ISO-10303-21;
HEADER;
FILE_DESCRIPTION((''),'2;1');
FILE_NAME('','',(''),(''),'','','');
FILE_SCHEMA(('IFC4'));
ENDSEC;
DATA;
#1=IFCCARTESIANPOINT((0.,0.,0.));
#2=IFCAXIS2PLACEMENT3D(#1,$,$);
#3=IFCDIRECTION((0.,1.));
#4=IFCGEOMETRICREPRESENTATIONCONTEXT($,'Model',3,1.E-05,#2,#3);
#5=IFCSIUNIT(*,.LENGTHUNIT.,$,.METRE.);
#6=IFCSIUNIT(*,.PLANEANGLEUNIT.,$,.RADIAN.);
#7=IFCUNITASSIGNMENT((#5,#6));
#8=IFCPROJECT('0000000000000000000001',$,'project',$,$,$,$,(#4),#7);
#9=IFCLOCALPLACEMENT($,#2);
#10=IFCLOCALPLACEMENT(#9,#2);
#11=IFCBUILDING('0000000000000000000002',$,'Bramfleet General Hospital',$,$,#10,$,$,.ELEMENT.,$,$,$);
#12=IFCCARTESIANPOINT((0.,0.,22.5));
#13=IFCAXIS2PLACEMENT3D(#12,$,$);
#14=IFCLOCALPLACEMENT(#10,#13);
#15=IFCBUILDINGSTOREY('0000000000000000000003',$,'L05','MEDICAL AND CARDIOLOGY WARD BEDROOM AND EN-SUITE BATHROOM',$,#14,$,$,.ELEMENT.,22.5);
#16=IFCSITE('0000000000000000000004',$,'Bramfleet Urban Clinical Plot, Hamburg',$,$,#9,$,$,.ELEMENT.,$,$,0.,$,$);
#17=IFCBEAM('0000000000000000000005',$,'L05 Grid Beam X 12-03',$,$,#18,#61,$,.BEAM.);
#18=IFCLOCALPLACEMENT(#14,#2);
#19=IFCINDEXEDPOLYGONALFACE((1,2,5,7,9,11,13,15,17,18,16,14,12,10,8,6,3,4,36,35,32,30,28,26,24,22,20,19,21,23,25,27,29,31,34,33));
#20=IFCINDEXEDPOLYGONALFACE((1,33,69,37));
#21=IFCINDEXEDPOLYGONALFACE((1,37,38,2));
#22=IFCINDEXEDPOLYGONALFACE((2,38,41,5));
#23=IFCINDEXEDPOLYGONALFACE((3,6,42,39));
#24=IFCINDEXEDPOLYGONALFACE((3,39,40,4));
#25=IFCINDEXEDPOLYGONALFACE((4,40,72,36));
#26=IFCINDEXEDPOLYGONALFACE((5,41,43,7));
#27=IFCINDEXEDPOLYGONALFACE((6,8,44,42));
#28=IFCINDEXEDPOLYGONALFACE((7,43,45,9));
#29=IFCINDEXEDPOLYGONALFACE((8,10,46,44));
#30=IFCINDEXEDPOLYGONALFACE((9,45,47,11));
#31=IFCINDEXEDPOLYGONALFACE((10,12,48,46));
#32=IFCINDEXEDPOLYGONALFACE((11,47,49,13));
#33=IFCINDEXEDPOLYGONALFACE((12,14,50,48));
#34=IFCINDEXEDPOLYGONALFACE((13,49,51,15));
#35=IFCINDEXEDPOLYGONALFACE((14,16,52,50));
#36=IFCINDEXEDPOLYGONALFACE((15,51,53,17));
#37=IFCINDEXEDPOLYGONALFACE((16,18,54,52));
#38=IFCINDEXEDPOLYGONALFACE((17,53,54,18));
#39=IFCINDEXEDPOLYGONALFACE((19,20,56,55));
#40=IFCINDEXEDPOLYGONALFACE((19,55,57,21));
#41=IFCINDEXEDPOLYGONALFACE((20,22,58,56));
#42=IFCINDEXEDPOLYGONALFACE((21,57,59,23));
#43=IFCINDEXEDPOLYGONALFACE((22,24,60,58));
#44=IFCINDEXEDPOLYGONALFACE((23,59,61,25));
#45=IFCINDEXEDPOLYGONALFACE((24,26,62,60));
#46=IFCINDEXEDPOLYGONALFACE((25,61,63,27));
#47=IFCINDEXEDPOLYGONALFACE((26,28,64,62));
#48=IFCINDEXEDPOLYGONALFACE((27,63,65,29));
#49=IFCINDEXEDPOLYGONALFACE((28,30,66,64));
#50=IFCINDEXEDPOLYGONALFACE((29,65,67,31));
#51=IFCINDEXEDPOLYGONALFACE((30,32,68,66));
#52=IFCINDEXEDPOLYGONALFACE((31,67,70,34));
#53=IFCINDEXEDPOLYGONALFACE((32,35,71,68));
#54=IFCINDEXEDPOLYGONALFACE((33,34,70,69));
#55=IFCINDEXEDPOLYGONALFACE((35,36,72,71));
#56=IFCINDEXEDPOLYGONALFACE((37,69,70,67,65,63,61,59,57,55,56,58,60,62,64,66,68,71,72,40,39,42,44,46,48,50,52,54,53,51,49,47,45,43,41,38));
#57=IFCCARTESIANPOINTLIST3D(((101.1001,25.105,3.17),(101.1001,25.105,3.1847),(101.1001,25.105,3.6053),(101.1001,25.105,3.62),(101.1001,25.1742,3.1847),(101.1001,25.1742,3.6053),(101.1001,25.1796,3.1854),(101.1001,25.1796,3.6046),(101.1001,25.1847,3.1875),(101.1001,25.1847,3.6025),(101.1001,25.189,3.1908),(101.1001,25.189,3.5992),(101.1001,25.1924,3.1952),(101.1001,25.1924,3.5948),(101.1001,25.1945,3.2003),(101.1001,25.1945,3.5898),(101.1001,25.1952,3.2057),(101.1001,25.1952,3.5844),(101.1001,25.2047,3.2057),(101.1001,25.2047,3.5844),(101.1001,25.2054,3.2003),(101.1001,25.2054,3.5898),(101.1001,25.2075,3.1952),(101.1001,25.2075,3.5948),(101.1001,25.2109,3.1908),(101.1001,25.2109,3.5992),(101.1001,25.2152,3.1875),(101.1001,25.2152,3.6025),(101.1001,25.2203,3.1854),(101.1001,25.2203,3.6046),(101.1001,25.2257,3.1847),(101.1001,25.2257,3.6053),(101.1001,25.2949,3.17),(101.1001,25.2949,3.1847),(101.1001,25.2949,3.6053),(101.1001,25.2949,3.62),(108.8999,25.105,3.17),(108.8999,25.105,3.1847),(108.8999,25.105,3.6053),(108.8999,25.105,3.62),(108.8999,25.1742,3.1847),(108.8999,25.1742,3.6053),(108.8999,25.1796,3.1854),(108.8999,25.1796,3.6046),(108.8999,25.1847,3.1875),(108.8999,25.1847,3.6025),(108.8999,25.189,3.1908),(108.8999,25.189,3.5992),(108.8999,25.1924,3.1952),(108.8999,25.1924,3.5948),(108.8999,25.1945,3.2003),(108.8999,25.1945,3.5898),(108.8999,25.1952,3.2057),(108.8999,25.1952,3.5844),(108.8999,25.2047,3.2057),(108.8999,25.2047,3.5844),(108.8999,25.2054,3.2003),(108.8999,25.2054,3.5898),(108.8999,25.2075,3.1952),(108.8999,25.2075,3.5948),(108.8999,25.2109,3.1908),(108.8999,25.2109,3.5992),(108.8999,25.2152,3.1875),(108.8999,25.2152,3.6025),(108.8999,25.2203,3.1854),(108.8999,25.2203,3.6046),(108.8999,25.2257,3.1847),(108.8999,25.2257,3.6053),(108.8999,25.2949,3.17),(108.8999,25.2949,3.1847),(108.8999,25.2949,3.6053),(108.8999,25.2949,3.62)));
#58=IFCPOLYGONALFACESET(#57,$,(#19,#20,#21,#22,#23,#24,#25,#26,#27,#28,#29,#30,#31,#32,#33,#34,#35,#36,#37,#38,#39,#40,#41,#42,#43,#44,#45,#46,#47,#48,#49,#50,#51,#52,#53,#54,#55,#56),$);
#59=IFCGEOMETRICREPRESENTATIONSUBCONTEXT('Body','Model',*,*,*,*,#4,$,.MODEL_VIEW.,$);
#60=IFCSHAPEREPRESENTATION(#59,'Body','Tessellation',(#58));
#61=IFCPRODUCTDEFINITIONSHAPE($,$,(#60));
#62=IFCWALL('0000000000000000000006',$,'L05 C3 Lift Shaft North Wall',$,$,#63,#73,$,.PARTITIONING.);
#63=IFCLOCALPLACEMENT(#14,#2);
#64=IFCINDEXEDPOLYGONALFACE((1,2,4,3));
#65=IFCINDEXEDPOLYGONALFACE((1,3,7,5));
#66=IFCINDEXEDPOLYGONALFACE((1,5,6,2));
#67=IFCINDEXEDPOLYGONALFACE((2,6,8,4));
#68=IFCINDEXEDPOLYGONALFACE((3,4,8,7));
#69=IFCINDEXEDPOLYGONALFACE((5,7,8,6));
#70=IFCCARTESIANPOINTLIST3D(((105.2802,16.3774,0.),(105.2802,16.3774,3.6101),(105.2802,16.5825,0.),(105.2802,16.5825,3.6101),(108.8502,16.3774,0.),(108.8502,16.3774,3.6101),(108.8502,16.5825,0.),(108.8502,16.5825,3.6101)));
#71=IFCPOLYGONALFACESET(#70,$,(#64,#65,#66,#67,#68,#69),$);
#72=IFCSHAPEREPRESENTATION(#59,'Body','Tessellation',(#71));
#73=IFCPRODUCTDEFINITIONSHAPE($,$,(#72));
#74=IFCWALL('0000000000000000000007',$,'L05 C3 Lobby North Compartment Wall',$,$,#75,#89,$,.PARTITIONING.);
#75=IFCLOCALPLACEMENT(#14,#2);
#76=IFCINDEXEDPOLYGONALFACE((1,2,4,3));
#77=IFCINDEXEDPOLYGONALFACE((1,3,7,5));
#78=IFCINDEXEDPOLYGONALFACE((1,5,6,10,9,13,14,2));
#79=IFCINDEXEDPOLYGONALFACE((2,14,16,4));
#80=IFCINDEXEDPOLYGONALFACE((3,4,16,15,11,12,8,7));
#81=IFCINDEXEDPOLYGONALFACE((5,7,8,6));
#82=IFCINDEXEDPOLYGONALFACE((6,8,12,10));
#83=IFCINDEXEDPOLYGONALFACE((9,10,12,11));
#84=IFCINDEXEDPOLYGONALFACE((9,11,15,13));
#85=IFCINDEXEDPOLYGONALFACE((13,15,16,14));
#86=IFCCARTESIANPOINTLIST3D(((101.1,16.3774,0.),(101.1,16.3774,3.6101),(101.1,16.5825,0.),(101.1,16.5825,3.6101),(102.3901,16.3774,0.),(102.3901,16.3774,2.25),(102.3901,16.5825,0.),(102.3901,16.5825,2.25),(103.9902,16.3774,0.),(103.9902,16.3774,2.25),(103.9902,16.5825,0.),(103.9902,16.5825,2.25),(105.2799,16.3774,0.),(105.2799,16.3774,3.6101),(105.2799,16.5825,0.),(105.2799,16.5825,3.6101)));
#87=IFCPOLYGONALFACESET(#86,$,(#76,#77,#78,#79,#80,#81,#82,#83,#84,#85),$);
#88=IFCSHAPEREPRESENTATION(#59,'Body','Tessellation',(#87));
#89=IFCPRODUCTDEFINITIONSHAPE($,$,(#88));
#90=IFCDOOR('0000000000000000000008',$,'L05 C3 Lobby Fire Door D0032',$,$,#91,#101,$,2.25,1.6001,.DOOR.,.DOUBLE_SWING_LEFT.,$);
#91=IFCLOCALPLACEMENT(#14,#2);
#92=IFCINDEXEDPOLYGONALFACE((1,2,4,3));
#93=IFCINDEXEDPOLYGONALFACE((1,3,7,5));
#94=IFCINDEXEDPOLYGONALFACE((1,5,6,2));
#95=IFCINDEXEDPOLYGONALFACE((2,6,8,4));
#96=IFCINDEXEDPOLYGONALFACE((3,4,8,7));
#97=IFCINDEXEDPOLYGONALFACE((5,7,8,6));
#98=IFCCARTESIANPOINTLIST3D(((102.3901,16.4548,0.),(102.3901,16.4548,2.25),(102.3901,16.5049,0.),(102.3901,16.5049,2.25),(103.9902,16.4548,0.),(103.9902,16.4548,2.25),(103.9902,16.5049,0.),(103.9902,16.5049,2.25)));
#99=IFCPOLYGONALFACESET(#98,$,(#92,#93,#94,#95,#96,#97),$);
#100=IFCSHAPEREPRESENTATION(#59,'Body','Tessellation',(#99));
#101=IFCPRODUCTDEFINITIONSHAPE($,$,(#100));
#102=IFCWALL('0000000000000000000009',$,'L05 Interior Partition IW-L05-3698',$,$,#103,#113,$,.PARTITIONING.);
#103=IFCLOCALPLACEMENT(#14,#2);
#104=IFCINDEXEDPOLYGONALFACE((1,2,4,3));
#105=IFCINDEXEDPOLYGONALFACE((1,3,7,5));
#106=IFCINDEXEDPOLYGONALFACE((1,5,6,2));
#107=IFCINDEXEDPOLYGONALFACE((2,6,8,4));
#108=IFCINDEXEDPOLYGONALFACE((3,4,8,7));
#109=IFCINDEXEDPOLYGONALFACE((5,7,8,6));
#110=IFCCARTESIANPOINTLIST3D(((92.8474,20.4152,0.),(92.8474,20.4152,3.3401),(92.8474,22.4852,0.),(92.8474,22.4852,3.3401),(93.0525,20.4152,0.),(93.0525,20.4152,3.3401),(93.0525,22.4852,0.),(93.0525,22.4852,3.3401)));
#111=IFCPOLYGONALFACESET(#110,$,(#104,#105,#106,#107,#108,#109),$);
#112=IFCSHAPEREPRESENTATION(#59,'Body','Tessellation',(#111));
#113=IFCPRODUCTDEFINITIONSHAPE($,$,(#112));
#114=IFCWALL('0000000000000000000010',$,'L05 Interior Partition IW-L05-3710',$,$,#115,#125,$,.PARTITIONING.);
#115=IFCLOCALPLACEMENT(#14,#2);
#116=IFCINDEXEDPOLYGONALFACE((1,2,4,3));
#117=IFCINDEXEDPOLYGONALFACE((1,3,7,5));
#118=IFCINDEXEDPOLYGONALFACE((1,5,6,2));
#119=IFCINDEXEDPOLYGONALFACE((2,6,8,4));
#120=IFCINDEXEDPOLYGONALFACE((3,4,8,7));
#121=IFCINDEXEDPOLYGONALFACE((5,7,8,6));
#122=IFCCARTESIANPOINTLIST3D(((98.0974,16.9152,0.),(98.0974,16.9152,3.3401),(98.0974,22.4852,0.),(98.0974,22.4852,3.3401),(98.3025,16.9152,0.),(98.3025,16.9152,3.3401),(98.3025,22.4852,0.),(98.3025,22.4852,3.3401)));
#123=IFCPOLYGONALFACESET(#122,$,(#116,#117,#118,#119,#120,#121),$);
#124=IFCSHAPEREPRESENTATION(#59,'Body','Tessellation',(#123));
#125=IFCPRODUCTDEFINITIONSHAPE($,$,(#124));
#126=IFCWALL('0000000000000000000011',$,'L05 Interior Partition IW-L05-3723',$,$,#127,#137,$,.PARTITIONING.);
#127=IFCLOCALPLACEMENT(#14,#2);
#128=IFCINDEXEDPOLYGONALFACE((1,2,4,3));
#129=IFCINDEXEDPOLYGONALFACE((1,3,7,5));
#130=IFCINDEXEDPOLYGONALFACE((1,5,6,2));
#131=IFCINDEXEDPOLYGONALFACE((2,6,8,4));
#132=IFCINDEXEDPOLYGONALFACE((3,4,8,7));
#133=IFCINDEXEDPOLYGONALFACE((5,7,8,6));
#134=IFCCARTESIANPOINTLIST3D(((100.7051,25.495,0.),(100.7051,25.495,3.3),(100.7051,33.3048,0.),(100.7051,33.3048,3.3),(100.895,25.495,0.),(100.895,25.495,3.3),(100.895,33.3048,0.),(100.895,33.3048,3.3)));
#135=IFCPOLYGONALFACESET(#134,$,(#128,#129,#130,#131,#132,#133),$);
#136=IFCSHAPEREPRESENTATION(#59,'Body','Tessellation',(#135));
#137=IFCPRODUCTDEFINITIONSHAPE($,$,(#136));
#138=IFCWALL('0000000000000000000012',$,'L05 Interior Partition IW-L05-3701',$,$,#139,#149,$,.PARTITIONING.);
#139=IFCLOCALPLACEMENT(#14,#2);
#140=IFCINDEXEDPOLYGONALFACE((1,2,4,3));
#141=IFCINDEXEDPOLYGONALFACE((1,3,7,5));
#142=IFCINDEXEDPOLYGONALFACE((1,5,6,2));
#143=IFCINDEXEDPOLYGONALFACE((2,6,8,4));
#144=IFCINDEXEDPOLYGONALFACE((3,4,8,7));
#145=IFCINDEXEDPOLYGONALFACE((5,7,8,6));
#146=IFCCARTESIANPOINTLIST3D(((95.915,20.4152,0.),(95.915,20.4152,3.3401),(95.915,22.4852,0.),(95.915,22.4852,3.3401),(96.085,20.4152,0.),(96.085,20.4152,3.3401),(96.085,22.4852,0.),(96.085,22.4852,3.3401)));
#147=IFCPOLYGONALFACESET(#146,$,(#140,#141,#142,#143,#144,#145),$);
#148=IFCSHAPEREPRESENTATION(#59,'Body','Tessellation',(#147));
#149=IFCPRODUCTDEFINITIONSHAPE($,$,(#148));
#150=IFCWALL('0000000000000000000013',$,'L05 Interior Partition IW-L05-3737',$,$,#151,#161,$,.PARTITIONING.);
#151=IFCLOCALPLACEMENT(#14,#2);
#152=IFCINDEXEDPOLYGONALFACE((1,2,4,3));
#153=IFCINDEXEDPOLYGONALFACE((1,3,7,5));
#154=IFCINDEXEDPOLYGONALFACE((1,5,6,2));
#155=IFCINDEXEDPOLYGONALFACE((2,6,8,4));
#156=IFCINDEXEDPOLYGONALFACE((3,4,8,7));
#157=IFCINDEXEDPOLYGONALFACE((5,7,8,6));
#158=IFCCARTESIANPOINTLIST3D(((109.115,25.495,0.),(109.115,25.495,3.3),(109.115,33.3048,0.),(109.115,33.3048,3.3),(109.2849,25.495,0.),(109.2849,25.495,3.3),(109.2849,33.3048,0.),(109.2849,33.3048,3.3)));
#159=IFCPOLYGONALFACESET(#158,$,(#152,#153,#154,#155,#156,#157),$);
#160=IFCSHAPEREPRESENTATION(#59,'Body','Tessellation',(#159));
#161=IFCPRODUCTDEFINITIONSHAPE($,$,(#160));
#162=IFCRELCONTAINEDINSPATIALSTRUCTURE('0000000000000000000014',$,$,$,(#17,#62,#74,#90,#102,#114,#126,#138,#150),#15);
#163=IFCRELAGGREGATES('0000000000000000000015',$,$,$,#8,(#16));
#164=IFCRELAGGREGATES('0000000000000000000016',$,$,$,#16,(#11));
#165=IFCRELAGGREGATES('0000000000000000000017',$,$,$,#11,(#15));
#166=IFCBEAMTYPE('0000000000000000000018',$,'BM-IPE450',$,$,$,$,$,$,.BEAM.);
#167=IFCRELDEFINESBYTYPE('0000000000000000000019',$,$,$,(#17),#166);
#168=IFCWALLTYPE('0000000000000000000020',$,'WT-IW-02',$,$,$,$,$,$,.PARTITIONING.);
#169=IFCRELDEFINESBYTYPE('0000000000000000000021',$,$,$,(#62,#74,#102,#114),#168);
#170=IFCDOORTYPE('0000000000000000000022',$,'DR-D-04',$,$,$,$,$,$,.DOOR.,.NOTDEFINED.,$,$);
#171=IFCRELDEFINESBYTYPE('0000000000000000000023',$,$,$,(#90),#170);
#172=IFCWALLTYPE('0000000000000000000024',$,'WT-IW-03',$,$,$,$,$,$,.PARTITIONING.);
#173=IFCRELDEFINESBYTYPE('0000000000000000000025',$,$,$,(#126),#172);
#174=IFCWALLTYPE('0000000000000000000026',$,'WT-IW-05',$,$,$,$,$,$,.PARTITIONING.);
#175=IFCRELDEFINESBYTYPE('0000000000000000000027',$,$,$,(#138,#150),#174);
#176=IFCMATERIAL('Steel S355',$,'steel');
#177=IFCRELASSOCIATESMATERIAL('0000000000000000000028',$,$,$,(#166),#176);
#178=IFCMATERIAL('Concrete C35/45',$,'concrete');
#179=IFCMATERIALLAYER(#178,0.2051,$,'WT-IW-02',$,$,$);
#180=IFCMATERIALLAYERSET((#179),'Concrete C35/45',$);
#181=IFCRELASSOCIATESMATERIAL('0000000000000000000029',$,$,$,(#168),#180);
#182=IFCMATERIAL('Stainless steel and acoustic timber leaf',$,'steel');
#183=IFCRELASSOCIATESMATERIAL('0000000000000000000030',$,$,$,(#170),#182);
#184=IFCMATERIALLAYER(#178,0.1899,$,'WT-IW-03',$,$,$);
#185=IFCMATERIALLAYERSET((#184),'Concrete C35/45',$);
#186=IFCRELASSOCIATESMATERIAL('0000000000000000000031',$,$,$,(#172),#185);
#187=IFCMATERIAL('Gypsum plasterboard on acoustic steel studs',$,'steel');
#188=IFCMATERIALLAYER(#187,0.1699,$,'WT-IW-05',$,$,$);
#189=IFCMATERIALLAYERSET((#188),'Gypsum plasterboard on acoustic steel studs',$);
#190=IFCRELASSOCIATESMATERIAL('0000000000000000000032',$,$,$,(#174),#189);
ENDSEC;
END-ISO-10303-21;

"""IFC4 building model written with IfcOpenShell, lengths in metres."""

from ifc_helpers import new_model, si_unit, direction, frame, frame_2d, origin, origin_2d, place, context, subcontext, project, spatial, rectangle, i_section, extrude, material, layer, layer_set, material_profile, profile_set, type_object, element, fill, save


model = new_model("IFC4")

# Units and contexts
model_context = context("Model", 3, precision=1e-05, world=origin(), true_north=direction((0.0, 1.0)))
body_context = subcontext(model_context, "Body", "Model", "MODEL_VIEW")
ifc_project = project(units=[si_unit("LENGTHUNIT", "METRE"), si_unit("PLANEANGLEUNIT", "RADIAN")], contexts=[model_context])

# Site, building, storey
site_placement = place(None, origin())
site = spatial("IfcSite", under=ifc_project, at=site_placement, Name="Bramfleet Urban Clinical Plot, Hamburg", CompositionType="ELEMENT", RefElevation=0.0)
building_placement = place(site_placement, origin())
building = spatial("IfcBuilding", under=site, at=building_placement, Name="Bramfleet General Hospital", CompositionType="ELEMENT")
storey_placement = place(building_placement, frame((0.0, 0.0, 22.5)))
storey = spatial("IfcBuildingStorey", under=building, at=storey_placement, Name="L05", Description="MEDICAL AND CARDIOLOGY WARD BEDROOM AND EN-SUITE BATHROOM", CompositionType="ELEMENT", Elevation=22.5)

# Beam
ifc_material_1 = material(Name="Steel S355", Category="steel")
ifc_material_profile_1 = material_profile(ifc_material_1, i_section(OverallWidth=0.1899, OverallDepth=0.45, WebThickness=0.0095, FlangeThickness=0.0146, FilletRadius=0.021, at=origin_2d()), Name="IPE 450")
ifc_profile_set_1 = profile_set([ifc_material_profile_1], Name="Steel S355")
beam_type_1 = type_object("IfcBeamType", Name="BM-IPE450", PredefinedType="BEAM", material=ifc_profile_set_1)
for number, where, z_axis, x_axis, name in (
    (1, (101.1001, 25.2, 3.395), (1.0, 0.0, 0.0), (0.0, 1.0, 0.0), "L05 Grid Beam X 12-03"),
):
    element("IfcBeam", number, at=place(storey_placement, frame(where, z_axis=z_axis, x_axis=x_axis)), inside=storey, type_object=beam_type_1, Name=name, PredefinedType="BEAM", context=body_context, shape_type="SweptSolid", body=[
        extrude(i_section(OverallWidth=0.1899, OverallDepth=0.45, WebThickness=0.0095, FlangeThickness=0.0146, FilletRadius=0.021, at=origin_2d()), origin(), (0.0, 0.0, 1.0), 7.7998),
    ])

# Wall
ifc_material_2 = material(Name="Concrete C35/45", Category="concrete")
ifc_layer_1 = layer(ifc_material_2, 0.2051, Name="WT-IW-02")
ifc_layer_set_1 = layer_set([ifc_layer_1], Name="Concrete C35/45")
wall_type_1 = type_object("IfcWallType", Name="WT-IW-02", PredefinedType="PARTITIONING", material=ifc_layer_set_1)
wall_1_placement = place(storey_placement, frame((105.28, 16.48, 0.0), z_axis=(0.0, 0.0, 1.0), x_axis=(1.0, 0.0, 0.0)))
element("IfcWall", 2, at=wall_1_placement, inside=storey, type_object=wall_type_1, Name="L05 C3 Lift Shaft North Wall", PredefinedType="PARTITIONING", context=body_context, shape_type="SweptSolid", body=[
    extrude(rectangle(XDim=3.5701, YDim=0.2051, at=frame_2d((1.7852, 0.0))), origin(), (0.0, 0.0, 1.0), 3.6101),
])

# Wall, opening, door
wall_2_placement = place(storey_placement, frame((101.1001, 16.48, 0.0), z_axis=(0.0, 0.0, 1.0), x_axis=(1.0, 0.0, 0.0)))
wall_2 = element("IfcWall", 3, at=wall_2_placement, inside=storey, type_object=wall_type_1, Name="L05 C3 Lobby North Compartment Wall", PredefinedType="PARTITIONING", context=body_context, shape_type="SweptSolid", body=[
    extrude(rectangle(XDim=4.1799, YDim=0.2051, at=frame_2d((2.0898, 0.0))), origin(), (0.0, 0.0, 1.0), 3.6101),
])
opening_1_placement = place(wall_2_placement, frame((1.29, 0.0, 0.0)))
opening_1 = element("IfcOpeningElement", 4, at=opening_1_placement, cuts=wall_2, PredefinedType="OPENING", context=body_context, shape_type="SweptSolid", body=[
    extrude(rectangle(XDim=1.6001, YDim=2.25, at=frame_2d((0.8, 1.125))), frame((0.0, 0.1125, 0.0), z_axis=(0.0, -1.0, 0.0), x_axis=(1.0, 0.0, 0.0)), (0.0, 0.0, 1.0), 0.2251),
])
ifc_material_3 = material(Name="Stainless steel and acoustic timber leaf", Category="steel")
door_type_1 = type_object("IfcDoorType", Name="DR-D-04", OperationType="NOTDEFINED", PredefinedType="DOOR", material=ifc_material_3)
door_1_placement = place(opening_1_placement, origin())
door_1 = element("IfcDoor", 5, at=door_1_placement, inside=storey, type_object=door_type_1, Name="L05 C3 Lobby Fire Door D0032", OperationType="DOUBLE_SWING_LEFT", OverallHeight=2.25, OverallWidth=1.6001, PredefinedType="DOOR", context=body_context, shape_type="SweptSolid", body=[
    extrude(rectangle(XDim=1.6001, YDim=2.25, at=frame_2d((0.8, 1.125))), frame((0.0, 0.0249, 0.0), z_axis=(0.0, -1.0, 0.0), x_axis=(1.0, 0.0, 0.0)), (0.0, 0.0, 1.0), 0.05),
])
fill(opening_1, door_1)

# Walls
wall_3_placement = place(storey_placement, frame((92.95, 20.415, 0.0), z_axis=(0.0, 0.0, 1.0), x_axis=(0.0, 1.0, 0.0)))
element("IfcWall", 6, at=wall_3_placement, inside=storey, type_object=wall_type_1, Name="L05 Interior Partition IW-L05-3698", PredefinedType="PARTITIONING", context=body_context, shape_type="SweptSolid", body=[
    extrude(rectangle(XDim=2.0701, YDim=0.2051, at=frame_2d((1.0352, 0.0))), origin(), (0.0, 0.0, 1.0), 3.3401),
])
wall_4_placement = place(storey_placement, frame((98.2, 16.915, 0.0), z_axis=(0.0, 0.0, 1.0), x_axis=(0.0, 1.0, 0.0)))
element("IfcWall", 7, at=wall_4_placement, inside=storey, type_object=wall_type_1, Name="L05 Interior Partition IW-L05-3710", PredefinedType="PARTITIONING", context=body_context, shape_type="SweptSolid", body=[
    extrude(rectangle(XDim=5.5701, YDim=0.2051, at=frame_2d((2.7852, 0.0))), origin(), (0.0, 0.0, 1.0), 3.3401),
])
ifc_layer_2 = layer(ifc_material_2, 0.1899, Name="WT-IW-03")
ifc_layer_set_2 = layer_set([ifc_layer_2], Name="Concrete C35/45")
wall_type_2 = type_object("IfcWallType", Name="WT-IW-03", PredefinedType="PARTITIONING", material=ifc_layer_set_2)
wall_5_placement = place(storey_placement, frame((100.8, 25.4951, 0.0), z_axis=(0.0, 0.0, 1.0), x_axis=(0.0, 1.0, 0.0)))
element("IfcWall", 8, at=wall_5_placement, inside=storey, type_object=wall_type_2, Name="L05 Interior Partition IW-L05-3723", PredefinedType="PARTITIONING", context=body_context, shape_type="SweptSolid", body=[
    extrude(rectangle(XDim=7.8098, YDim=0.1899, at=frame_2d((3.9048, 0.0))), origin(), (0.0, 0.0, 1.0), 3.3),
])
ifc_material_4 = material(Name="Gypsum plasterboard on acoustic steel studs", Category="steel")
ifc_layer_3 = layer(ifc_material_4, 0.1699, Name="WT-IW-05")
ifc_layer_set_3 = layer_set([ifc_layer_3], Name="Gypsum plasterboard on acoustic steel studs")
wall_type_3 = type_object("IfcWallType", Name="WT-IW-05", PredefinedType="PARTITIONING", material=ifc_layer_set_3)
wall_6_placement = place(storey_placement, frame((96.0, 20.415, 0.0), z_axis=(0.0, 0.0, 1.0), x_axis=(0.0, 1.0, 0.0)))
element("IfcWall", 9, at=wall_6_placement, inside=storey, type_object=wall_type_3, Name="L05 Interior Partition IW-L05-3701", PredefinedType="PARTITIONING", context=body_context, shape_type="SweptSolid", body=[
    extrude(rectangle(XDim=2.0701, YDim=0.1699, at=frame_2d((1.0352, 0.0))), origin(), (0.0, 0.0, 1.0), 3.3401),
])
wall_7_placement = place(storey_placement, frame((109.2, 25.4951, 0.0), z_axis=(0.0, 0.0, 1.0), x_axis=(0.0, 1.0, 0.0)))
element("IfcWall", 10, at=wall_7_placement, inside=storey, type_object=wall_type_3, Name="L05 Interior Partition IW-L05-3737", PredefinedType="PARTITIONING", context=body_context, shape_type="SweptSolid", body=[
    extrude(rectangle(XDim=7.8098, YDim=0.1699, at=frame_2d((3.9048, 0.0))), origin(), (0.0, 0.0, 1.0), 3.3),
])

save(model, "model.ifc")
